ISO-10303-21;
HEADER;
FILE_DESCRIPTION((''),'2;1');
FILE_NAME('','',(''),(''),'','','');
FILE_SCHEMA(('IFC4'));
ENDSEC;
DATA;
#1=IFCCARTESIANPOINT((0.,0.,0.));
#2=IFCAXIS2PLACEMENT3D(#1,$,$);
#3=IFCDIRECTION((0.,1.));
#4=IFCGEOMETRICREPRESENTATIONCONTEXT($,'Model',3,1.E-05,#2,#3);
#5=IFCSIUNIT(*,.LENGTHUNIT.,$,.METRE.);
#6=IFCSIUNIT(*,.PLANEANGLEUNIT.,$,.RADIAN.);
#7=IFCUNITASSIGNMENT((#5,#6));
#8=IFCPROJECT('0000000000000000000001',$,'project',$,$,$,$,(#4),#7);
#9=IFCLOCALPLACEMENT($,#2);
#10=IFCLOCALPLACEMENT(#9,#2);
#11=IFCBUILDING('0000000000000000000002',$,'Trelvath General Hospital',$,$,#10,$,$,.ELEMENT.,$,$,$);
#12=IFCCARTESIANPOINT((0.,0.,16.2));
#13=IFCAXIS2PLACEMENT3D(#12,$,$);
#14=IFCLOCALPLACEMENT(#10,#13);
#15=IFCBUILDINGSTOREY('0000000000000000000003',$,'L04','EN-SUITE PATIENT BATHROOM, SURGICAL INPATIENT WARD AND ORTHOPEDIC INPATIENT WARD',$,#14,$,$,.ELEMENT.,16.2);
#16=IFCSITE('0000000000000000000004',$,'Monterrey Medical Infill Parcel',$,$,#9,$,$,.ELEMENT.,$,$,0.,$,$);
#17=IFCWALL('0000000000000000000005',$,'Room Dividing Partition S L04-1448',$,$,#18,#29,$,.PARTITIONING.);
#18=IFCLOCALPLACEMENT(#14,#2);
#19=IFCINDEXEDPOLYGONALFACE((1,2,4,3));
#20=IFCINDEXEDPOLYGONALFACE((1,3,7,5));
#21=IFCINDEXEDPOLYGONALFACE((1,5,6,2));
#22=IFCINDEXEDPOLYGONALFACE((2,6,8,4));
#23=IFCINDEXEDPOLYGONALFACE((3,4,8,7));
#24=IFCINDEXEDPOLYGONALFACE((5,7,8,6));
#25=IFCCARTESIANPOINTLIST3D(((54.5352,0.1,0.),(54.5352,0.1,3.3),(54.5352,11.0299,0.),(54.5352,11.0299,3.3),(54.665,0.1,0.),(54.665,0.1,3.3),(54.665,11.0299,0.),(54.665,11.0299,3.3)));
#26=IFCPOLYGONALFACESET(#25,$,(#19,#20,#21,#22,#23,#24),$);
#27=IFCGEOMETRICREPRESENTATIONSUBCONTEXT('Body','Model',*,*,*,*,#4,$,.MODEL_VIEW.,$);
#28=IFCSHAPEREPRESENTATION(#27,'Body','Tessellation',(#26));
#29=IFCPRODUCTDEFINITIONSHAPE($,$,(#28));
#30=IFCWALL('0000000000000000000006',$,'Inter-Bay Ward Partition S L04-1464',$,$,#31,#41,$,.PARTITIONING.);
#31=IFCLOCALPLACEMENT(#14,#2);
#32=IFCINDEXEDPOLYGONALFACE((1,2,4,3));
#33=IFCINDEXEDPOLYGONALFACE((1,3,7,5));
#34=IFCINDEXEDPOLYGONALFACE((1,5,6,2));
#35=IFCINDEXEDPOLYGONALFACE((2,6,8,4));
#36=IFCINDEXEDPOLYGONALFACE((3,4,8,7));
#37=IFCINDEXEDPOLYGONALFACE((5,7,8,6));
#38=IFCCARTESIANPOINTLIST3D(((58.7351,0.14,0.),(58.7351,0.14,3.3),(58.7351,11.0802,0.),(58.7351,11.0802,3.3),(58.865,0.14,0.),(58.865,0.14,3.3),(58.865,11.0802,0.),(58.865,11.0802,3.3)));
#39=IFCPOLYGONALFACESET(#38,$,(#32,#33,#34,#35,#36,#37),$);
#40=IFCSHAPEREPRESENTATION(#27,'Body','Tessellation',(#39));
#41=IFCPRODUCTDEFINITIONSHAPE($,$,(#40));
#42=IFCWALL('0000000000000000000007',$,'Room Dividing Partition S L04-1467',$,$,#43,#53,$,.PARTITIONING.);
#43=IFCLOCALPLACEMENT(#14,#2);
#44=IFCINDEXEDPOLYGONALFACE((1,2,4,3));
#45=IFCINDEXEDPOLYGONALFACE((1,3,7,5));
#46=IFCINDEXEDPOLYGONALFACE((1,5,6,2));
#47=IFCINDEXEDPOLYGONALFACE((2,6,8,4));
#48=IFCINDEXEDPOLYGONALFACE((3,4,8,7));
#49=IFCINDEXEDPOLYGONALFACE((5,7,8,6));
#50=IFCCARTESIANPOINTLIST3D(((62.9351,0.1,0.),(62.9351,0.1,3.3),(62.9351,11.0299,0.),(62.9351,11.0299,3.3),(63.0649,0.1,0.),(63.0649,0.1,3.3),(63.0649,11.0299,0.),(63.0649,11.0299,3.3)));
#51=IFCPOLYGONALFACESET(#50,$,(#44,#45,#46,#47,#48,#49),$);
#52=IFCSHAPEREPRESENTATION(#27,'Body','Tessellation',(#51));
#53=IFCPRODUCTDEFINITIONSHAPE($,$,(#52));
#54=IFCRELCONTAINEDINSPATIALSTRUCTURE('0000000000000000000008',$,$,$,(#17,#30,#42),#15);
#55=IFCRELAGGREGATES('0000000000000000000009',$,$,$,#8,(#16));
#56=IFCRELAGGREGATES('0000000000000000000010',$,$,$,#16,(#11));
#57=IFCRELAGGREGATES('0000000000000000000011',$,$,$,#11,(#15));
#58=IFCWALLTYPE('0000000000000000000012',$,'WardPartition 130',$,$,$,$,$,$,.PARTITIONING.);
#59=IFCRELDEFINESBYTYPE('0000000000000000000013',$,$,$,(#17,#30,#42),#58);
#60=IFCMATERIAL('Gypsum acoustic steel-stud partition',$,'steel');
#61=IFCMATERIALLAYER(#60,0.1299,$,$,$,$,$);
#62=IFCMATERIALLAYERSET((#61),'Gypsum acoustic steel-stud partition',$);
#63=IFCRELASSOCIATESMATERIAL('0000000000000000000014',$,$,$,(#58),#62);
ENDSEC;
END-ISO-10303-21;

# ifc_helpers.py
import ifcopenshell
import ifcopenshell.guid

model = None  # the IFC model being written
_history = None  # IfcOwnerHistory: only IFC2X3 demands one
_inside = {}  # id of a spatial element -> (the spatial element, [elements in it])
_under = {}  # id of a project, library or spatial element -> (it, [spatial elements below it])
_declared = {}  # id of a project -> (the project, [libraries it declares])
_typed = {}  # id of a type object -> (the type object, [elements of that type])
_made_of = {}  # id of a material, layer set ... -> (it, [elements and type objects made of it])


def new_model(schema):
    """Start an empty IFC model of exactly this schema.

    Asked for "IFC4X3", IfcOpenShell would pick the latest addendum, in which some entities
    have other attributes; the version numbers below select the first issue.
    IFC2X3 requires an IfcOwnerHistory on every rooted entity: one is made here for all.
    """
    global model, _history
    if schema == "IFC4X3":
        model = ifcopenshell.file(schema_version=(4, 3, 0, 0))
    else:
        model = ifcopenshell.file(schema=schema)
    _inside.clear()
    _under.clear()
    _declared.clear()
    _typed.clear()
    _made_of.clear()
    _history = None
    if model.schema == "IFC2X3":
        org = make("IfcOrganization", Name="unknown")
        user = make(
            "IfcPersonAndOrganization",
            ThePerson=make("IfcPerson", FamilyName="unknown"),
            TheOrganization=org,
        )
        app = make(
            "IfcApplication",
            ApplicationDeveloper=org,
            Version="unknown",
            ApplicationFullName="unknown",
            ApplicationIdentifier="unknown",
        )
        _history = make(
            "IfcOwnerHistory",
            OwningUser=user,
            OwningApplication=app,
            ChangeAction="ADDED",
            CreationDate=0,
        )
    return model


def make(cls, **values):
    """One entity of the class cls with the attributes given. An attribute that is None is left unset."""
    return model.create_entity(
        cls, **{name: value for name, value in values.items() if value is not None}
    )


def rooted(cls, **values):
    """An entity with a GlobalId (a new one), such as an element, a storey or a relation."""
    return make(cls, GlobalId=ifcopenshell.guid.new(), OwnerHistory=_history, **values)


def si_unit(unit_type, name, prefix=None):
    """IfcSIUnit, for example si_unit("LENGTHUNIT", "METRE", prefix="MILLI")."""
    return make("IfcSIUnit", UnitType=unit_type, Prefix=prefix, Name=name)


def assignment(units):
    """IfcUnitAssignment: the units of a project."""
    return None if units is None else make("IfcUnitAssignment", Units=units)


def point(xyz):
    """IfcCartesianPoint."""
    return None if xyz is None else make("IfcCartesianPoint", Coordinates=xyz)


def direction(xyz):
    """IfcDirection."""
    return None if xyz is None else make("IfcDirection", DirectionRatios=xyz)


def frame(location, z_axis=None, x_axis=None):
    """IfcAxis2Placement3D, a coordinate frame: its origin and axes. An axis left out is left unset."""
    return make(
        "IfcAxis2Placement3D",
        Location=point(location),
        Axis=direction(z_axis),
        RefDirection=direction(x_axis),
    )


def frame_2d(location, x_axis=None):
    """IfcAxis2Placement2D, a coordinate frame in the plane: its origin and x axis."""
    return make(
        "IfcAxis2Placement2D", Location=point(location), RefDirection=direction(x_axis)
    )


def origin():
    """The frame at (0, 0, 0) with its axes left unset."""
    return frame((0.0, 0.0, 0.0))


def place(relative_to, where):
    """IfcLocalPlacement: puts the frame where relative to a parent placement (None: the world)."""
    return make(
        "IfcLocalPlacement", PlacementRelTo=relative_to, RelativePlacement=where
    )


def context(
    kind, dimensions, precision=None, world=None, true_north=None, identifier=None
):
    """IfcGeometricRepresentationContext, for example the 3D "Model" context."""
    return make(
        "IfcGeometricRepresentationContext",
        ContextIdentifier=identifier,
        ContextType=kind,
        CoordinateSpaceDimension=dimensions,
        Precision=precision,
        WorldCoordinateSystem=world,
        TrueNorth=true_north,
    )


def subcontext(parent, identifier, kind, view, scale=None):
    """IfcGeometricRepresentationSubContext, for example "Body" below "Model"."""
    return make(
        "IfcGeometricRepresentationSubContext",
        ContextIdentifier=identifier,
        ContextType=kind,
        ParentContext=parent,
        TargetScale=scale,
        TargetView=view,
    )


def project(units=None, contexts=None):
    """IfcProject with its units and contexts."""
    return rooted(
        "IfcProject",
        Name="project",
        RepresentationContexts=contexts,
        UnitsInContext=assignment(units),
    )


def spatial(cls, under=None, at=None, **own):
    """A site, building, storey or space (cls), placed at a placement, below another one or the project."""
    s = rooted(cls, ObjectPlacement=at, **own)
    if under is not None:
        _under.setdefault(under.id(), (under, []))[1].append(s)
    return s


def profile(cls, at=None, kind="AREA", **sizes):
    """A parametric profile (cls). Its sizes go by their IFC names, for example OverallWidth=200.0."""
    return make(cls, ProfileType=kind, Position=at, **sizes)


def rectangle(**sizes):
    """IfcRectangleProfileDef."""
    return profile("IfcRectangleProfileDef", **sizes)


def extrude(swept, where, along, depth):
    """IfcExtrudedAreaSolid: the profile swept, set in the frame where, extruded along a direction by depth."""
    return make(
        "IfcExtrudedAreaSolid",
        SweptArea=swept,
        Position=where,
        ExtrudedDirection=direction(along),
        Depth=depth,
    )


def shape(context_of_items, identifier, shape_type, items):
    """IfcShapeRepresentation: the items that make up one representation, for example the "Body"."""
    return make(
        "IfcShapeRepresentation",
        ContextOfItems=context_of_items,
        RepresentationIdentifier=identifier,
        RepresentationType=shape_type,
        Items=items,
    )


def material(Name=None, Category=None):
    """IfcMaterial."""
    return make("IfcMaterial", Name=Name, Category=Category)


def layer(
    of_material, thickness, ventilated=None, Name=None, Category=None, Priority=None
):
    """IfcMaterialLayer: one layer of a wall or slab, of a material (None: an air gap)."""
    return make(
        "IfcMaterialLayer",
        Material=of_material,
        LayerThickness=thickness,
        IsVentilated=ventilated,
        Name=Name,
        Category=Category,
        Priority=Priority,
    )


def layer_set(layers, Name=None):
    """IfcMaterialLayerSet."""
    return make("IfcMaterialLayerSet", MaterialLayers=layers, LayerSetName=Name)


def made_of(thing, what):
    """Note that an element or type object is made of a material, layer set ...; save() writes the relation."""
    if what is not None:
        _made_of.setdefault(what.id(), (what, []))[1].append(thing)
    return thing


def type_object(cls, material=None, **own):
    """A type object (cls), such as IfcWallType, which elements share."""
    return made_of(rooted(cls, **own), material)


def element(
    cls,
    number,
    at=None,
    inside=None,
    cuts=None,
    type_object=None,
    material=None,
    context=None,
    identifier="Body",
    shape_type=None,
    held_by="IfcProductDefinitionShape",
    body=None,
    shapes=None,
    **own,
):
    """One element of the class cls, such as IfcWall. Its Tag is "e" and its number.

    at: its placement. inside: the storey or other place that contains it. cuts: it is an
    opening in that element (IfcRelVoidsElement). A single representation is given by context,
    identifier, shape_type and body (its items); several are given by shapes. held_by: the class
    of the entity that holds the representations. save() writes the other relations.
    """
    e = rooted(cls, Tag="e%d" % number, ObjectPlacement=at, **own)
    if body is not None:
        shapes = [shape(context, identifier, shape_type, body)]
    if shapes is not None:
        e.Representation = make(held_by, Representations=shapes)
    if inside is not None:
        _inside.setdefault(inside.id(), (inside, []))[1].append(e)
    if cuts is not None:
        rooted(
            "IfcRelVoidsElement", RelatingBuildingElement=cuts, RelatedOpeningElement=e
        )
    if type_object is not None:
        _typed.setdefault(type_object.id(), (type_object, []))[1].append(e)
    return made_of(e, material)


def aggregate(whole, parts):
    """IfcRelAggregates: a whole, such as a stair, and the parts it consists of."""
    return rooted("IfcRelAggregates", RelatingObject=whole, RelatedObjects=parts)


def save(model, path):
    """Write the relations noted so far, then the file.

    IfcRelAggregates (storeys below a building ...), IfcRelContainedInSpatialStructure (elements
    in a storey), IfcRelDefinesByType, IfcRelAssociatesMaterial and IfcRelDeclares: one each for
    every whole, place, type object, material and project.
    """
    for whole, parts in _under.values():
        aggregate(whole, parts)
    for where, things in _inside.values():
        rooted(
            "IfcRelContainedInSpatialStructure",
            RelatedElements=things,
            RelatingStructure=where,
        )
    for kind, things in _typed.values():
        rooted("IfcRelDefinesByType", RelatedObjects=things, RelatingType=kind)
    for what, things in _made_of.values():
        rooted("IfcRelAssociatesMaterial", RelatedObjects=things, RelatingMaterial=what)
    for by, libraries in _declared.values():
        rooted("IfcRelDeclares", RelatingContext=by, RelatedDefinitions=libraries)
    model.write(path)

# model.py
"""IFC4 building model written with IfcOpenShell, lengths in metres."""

from ifc_helpers import new_model, si_unit, direction, frame, frame_2d, origin, place, context, subcontext, project, spatial, rectangle, extrude, material, layer, layer_set, type_object, element, save


model = new_model("IFC4")

# Units and contexts
model_context = context("Model", 3, precision=1e-05, world=origin(), true_north=direction((0.0, 1.0)))
body_context = subcontext(model_context, "Body", "Model", "MODEL_VIEW")
ifc_project = project(units=[si_unit("LENGTHUNIT", "METRE"), si_unit("PLANEANGLEUNIT", "RADIAN")], contexts=[model_context])

# Site, building, storey
site_placement = place(None, origin())
site = spatial("IfcSite", under=ifc_project, at=site_placement, Name="Monterrey Medical Infill Parcel", CompositionType="ELEMENT", RefElevation=0.0)
building_placement = place(site_placement, origin())
building = spatial("IfcBuilding", under=site, at=building_placement, Name="Trelvath General Hospital", CompositionType="ELEMENT")
storey_placement = place(building_placement, frame((0.0, 0.0, 16.2)))
storey = spatial("IfcBuildingStorey", under=building, at=storey_placement, Name="L04", Description="EN-SUITE PATIENT BATHROOM, SURGICAL INPATIENT WARD AND ORTHOPEDIC INPATIENT WARD", CompositionType="ELEMENT", Elevation=16.2)

# Walls
ifc_material_1 = material(Name="Gypsum acoustic steel-stud partition", Category="steel")
ifc_layer_1 = layer(ifc_material_1, 0.1299)
ifc_layer_set_1 = layer_set([ifc_layer_1], Name="Gypsum acoustic steel-stud partition")
wall_type_1 = type_object("IfcWallType", Name="WardPartition 130", PredefinedType="PARTITIONING", material=ifc_layer_set_1)
wall_1_placement = place(storey_placement, frame((54.6001, 0.1001, 0.0), z_axis=(0.0, 0.0, 1.0), x_axis=(0.0, 1.0, 0.0)))
element("IfcWall", 1, at=wall_1_placement, inside=storey, type_object=wall_type_1, Name="Room Dividing Partition S L04-1448", PredefinedType="PARTITIONING", context=body_context, shape_type="SweptSolid", body=[
    extrude(rectangle(XDim=10.9299, YDim=0.1299, at=frame_2d((5.4648, 0.0))), origin(), (0.0, 0.0, 1.0), 3.3),
])
wall_2_placement = place(storey_placement, frame((58.8, 0.1399, 0.0), z_axis=(0.0, 0.0, 1.0), x_axis=(0.0, 1.0, 0.0)))
element("IfcWall", 2, at=wall_2_placement, inside=storey, type_object=wall_type_1, Name="Inter-Bay Ward Partition S L04-1464", PredefinedType="PARTITIONING", context=body_context, shape_type="SweptSolid", body=[
    extrude(rectangle(XDim=10.9402, YDim=0.1299, at=frame_2d((5.4702, 0.0))), origin(), (0.0, 0.0, 1.0), 3.3),
])
wall_3_placement = place(storey_placement, frame((63.0, 0.1001, 0.0), z_axis=(0.0, 0.0, 1.0), x_axis=(0.0, 1.0, 0.0)))
element("IfcWall", 3, at=wall_3_placement, inside=storey, type_object=wall_type_1, Name="Room Dividing Partition S L04-1467", PredefinedType="PARTITIONING", context=body_context, shape_type="SweptSolid", body=[
    extrude(rectangle(XDim=10.9299, YDim=0.1299, at=frame_2d((5.4648, 0.0))), origin(), (0.0, 0.0, 1.0), 3.3),
])

save(model, "model.ifc")
